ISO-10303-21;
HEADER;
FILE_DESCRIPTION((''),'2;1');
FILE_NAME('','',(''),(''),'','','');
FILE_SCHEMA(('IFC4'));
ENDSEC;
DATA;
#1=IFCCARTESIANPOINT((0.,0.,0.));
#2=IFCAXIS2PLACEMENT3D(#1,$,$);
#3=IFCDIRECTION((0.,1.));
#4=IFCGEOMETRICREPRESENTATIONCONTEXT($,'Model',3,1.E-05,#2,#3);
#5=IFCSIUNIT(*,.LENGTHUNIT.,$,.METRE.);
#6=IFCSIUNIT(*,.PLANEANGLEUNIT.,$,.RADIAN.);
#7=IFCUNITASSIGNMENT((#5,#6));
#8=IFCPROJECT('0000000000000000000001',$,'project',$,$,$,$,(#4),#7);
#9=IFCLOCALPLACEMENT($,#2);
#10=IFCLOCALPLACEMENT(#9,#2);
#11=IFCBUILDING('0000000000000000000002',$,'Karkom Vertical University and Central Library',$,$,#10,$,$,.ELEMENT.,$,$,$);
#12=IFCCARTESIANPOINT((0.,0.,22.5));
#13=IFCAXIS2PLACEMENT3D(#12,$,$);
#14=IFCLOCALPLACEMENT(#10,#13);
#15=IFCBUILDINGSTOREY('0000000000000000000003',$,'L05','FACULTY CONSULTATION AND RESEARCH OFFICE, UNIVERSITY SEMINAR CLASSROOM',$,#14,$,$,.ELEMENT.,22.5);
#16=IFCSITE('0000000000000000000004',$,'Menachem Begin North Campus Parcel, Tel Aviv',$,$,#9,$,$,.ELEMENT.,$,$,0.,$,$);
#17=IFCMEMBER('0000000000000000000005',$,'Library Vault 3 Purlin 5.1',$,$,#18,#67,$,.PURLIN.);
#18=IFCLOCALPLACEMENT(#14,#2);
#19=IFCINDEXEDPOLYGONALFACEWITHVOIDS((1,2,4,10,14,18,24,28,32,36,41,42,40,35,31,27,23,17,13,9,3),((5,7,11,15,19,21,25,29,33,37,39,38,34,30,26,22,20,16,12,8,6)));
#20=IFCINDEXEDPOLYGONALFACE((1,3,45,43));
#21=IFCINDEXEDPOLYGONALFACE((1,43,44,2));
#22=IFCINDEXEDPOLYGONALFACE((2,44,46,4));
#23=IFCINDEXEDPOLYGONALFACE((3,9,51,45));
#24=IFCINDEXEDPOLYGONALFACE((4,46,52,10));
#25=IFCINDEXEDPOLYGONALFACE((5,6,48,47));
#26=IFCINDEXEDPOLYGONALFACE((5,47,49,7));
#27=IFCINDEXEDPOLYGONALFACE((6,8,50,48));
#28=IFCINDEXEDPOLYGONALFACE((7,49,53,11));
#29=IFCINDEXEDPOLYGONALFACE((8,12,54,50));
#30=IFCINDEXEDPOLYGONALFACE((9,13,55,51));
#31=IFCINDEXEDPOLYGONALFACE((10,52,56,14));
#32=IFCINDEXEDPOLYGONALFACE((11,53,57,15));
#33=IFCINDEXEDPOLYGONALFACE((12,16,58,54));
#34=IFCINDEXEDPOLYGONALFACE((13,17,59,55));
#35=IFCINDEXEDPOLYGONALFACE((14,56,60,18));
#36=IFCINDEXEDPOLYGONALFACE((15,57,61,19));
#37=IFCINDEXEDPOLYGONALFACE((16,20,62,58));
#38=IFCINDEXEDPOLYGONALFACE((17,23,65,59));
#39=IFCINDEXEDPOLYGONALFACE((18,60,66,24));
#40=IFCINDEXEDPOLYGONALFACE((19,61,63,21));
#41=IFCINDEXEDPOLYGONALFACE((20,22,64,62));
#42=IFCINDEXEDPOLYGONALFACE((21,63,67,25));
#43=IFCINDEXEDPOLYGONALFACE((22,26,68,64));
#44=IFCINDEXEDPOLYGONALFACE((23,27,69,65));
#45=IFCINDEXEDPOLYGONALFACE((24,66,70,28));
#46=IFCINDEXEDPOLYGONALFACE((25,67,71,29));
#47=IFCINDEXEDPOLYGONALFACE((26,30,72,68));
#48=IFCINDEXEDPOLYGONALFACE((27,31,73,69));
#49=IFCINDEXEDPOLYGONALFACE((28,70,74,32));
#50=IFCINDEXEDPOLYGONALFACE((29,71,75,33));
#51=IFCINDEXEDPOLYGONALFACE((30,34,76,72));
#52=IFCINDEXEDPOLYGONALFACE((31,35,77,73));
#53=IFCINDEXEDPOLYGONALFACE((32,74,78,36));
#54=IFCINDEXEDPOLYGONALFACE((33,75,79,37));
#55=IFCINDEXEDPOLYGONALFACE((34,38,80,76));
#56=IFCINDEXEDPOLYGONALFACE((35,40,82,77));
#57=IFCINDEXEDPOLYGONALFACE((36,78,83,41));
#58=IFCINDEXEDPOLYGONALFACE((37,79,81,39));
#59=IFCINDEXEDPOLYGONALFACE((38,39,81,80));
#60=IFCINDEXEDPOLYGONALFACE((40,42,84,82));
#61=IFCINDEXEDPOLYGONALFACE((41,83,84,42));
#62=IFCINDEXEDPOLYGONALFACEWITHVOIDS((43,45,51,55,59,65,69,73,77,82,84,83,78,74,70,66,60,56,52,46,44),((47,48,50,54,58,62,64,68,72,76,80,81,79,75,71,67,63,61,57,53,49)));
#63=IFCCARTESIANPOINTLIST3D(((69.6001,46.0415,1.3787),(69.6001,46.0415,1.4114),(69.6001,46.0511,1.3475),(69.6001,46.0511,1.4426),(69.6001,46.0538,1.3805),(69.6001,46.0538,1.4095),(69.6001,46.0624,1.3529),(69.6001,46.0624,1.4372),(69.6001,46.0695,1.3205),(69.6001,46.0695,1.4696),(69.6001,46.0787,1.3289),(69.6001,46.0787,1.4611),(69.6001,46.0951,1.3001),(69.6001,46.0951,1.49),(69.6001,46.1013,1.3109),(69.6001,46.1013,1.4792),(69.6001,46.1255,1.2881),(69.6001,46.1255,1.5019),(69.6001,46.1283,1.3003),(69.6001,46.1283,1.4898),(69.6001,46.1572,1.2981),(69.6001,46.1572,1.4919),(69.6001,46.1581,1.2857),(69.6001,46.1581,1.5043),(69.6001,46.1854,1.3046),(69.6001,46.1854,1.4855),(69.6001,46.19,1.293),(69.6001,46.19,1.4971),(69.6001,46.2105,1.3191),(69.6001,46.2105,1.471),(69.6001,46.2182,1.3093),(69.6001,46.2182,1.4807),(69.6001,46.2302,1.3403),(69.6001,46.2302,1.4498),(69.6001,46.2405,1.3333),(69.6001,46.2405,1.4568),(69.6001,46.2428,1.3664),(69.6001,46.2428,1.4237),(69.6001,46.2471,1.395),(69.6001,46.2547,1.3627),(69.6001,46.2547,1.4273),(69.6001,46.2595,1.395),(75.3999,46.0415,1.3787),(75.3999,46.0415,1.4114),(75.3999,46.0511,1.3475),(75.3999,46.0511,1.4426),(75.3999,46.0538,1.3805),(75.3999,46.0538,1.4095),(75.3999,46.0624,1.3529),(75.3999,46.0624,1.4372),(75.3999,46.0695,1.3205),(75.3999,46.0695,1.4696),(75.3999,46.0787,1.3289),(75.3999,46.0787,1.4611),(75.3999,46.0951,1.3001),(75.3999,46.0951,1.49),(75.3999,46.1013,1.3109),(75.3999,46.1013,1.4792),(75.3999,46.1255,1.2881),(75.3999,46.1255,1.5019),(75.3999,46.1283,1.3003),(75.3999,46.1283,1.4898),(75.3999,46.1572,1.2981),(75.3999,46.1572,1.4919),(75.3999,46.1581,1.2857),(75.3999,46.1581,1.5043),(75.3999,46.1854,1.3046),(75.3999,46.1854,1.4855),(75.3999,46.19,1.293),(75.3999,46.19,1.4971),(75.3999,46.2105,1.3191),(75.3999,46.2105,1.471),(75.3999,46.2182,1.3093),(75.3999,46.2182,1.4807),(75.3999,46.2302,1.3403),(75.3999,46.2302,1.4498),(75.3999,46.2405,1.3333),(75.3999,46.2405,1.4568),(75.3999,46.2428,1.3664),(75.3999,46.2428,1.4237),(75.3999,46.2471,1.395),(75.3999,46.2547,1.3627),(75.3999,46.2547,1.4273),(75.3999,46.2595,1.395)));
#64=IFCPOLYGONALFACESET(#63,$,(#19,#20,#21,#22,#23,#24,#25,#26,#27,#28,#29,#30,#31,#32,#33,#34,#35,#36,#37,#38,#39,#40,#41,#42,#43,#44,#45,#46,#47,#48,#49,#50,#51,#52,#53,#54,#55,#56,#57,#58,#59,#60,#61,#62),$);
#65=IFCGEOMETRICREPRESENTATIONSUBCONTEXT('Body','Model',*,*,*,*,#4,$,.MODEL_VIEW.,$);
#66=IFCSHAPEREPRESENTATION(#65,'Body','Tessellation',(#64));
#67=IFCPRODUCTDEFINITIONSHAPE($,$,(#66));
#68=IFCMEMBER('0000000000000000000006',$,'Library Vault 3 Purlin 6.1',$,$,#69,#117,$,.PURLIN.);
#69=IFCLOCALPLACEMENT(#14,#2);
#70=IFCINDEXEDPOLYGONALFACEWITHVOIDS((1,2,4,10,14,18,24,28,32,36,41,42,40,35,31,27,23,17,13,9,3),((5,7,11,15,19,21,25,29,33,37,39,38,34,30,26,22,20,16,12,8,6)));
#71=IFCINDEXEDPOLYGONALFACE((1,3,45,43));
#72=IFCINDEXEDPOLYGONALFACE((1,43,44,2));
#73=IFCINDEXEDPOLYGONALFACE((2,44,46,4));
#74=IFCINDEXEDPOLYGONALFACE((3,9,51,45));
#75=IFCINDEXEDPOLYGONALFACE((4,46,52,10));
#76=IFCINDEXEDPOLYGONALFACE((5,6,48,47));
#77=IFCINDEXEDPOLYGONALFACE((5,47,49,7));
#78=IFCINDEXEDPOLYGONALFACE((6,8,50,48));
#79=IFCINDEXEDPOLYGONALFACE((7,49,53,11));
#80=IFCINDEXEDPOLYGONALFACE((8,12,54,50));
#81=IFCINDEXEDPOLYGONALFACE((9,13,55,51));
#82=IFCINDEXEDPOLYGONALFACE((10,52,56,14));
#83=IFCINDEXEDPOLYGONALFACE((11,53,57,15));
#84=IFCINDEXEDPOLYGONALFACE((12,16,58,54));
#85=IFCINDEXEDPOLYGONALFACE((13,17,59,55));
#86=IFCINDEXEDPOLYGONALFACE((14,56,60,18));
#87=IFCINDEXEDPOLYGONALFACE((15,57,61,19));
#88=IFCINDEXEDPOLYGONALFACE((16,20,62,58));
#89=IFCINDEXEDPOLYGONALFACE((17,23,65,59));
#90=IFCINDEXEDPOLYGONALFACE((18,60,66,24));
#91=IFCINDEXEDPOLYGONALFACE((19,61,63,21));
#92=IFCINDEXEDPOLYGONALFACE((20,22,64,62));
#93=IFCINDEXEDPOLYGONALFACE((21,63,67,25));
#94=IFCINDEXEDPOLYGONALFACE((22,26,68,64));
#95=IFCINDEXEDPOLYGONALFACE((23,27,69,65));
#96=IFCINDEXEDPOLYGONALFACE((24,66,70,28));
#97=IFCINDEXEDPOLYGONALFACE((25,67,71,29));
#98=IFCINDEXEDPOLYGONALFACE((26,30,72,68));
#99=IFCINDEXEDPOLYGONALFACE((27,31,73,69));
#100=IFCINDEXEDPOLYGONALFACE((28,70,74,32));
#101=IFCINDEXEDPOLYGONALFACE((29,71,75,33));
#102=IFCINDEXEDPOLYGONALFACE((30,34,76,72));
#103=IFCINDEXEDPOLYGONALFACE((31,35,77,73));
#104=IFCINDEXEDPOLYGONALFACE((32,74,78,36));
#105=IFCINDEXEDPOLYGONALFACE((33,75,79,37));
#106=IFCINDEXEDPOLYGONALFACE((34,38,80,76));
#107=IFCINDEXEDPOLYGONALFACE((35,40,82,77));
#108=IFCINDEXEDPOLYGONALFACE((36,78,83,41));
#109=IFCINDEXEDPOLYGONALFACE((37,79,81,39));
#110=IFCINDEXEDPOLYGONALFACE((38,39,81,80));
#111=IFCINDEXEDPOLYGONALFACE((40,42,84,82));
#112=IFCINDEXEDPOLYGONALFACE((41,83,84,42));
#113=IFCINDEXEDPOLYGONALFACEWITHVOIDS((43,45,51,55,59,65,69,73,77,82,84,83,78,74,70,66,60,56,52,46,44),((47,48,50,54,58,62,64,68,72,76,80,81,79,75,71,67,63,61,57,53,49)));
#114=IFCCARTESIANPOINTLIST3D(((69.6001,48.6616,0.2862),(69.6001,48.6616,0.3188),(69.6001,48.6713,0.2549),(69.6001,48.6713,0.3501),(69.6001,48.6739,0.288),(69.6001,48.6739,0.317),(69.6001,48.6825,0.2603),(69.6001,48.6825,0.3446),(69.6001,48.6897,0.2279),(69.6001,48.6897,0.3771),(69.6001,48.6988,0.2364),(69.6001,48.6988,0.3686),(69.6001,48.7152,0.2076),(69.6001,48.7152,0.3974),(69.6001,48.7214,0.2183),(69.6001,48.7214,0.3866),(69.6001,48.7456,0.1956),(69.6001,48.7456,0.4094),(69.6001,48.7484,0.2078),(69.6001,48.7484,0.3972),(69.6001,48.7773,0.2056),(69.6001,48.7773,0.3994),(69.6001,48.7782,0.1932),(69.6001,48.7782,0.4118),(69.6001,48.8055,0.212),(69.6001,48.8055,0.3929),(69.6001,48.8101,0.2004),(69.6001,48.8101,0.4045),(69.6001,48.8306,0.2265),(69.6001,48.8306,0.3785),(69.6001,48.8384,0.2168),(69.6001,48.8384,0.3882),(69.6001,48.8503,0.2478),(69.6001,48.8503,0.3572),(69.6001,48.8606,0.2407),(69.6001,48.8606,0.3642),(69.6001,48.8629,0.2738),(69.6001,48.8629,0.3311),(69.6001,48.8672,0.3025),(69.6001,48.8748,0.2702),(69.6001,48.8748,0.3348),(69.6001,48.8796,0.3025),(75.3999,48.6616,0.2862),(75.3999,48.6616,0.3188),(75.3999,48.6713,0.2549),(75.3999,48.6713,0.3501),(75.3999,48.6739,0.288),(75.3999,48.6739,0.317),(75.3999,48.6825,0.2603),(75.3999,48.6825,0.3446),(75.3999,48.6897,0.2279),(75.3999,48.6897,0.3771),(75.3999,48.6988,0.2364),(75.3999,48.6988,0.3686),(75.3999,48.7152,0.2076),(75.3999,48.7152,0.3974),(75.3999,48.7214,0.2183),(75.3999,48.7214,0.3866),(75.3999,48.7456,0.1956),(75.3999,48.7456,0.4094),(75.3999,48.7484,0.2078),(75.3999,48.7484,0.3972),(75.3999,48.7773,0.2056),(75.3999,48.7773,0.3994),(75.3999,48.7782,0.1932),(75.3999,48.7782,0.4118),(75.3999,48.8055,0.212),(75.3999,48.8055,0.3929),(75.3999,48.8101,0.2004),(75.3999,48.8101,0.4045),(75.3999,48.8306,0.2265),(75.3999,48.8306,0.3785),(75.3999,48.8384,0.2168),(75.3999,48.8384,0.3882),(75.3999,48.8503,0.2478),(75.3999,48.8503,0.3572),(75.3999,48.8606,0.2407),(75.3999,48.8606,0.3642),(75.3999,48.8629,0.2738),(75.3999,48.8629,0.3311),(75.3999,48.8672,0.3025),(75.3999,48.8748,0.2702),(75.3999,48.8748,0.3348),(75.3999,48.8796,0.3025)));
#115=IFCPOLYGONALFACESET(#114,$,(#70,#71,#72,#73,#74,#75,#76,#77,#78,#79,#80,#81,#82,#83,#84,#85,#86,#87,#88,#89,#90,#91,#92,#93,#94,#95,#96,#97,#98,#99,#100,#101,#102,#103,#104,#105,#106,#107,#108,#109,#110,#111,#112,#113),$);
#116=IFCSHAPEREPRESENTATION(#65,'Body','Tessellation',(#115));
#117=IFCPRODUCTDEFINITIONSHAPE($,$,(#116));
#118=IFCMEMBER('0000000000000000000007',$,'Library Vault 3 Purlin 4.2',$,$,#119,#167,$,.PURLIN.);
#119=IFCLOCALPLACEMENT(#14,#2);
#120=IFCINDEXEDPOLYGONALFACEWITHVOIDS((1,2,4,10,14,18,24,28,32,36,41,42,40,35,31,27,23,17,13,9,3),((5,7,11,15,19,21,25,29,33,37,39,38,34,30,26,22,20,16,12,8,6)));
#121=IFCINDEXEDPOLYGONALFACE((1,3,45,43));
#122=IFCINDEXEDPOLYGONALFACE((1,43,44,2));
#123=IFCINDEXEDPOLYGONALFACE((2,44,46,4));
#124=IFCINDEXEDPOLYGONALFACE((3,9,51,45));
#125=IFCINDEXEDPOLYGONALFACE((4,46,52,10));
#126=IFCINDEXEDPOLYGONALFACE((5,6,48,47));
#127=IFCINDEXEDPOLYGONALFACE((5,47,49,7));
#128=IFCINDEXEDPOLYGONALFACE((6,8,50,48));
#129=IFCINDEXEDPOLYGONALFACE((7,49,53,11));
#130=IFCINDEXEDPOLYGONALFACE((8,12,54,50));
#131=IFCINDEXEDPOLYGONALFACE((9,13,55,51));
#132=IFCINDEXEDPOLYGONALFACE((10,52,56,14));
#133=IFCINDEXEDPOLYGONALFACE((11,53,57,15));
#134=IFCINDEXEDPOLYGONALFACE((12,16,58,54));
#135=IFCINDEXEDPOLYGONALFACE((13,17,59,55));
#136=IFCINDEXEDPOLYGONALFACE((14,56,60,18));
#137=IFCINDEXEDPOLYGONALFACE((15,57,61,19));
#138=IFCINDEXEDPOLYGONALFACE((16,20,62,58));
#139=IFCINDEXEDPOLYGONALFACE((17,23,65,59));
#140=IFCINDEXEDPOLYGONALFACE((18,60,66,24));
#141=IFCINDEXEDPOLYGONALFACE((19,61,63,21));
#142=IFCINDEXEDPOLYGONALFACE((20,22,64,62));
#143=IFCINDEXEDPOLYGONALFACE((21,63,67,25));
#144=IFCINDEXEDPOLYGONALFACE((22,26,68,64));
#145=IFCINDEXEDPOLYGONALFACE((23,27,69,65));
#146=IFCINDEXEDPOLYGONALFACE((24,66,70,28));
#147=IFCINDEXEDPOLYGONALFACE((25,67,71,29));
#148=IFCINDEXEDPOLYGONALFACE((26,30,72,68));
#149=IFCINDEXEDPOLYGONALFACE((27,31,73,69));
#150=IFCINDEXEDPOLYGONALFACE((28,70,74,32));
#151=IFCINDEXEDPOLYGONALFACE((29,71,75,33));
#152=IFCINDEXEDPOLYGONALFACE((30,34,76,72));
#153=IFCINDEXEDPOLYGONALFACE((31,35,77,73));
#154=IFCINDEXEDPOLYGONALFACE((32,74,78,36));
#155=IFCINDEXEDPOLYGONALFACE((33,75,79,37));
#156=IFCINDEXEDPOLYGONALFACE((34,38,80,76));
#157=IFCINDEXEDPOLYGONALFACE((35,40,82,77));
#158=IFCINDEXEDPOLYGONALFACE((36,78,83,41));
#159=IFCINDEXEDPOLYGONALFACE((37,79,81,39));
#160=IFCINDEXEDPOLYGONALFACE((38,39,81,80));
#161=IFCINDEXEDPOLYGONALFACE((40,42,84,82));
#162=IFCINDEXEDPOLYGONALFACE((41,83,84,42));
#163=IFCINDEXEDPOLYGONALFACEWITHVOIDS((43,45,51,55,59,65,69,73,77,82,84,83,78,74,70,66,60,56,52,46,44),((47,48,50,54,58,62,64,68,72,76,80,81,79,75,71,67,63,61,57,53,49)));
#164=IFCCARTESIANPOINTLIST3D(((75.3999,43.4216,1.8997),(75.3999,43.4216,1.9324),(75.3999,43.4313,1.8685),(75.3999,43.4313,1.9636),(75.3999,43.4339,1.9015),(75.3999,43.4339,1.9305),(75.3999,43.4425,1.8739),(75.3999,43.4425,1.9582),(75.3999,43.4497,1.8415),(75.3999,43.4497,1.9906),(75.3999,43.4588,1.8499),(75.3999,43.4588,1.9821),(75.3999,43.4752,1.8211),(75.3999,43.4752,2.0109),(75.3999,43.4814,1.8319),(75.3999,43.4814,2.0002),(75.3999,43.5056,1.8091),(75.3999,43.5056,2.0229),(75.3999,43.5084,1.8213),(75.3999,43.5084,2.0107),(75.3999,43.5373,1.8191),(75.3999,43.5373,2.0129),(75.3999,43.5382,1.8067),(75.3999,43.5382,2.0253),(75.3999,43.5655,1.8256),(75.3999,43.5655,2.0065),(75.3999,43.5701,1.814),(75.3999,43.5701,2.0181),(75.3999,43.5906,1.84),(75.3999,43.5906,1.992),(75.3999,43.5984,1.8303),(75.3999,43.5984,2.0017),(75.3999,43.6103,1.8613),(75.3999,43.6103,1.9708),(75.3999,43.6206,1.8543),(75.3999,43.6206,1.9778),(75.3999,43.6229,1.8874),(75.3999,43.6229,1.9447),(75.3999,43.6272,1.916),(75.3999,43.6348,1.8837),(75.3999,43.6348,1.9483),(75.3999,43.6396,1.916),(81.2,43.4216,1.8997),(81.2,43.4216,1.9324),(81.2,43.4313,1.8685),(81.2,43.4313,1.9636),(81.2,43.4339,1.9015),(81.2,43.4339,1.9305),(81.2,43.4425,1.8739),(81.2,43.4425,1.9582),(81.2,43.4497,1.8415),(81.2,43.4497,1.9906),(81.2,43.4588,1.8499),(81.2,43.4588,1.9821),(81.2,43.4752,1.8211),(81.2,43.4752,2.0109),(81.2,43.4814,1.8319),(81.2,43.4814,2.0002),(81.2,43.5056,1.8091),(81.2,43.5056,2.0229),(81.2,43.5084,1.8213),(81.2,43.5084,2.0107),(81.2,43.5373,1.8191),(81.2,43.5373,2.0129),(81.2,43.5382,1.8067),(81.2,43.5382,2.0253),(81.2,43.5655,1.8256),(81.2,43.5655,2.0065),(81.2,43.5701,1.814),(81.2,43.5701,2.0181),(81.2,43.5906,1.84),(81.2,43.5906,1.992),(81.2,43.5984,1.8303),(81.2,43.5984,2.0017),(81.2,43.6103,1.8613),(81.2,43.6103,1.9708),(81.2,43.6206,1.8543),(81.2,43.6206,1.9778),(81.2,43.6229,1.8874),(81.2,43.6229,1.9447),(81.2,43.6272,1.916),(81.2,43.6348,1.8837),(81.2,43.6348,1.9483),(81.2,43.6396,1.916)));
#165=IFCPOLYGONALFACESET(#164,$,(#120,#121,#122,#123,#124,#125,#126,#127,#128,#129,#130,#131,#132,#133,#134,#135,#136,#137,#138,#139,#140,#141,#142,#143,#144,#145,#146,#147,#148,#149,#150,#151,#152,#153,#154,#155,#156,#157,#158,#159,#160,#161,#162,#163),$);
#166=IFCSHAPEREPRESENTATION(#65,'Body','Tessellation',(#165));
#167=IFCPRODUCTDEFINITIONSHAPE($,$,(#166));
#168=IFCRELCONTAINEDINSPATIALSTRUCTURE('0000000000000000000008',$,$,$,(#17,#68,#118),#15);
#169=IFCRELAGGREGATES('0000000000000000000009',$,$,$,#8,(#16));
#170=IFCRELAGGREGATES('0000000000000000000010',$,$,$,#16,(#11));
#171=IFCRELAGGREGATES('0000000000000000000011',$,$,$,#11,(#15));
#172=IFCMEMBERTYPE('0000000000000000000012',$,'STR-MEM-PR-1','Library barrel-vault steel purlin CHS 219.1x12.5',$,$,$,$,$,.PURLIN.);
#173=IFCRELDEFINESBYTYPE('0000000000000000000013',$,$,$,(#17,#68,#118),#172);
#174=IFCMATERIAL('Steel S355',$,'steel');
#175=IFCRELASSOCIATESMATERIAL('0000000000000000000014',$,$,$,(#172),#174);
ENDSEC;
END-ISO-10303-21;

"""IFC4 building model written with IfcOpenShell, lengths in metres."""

from ifc_helpers import new_model, si_unit, direction, frame, origin, origin_with_axes, origin_2d, place, context, subcontext, project, spatial, hollow_circle, extrude, source, transform, mapped, material, material_profile, profile_set, type_object, element, save


model = new_model("IFC4")

# Units and contexts
model_context = context("Model", 3, precision=1e-05, world=origin(), true_north=direction((0.0, 1.0)))
body_context = subcontext(model_context, "Body", "Model", "MODEL_VIEW")
ifc_project = project(units=[si_unit("LENGTHUNIT", "METRE"), si_unit("PLANEANGLEUNIT", "RADIAN")], contexts=[model_context])

# Site, building, storey
site_placement = place(None, origin())
site = spatial("IfcSite", under=ifc_project, at=site_placement, Name="Menachem Begin North Campus Parcel, Tel Aviv", CompositionType="ELEMENT", RefElevation=0.0)
building_placement = place(site_placement, origin())
building = spatial("IfcBuilding", under=site, at=building_placement, Name="Karkom Vertical University and Central Library", CompositionType="ELEMENT")
storey_placement = place(building_placement, frame((0.0, 0.0, 22.5)))
storey = spatial("IfcBuildingStorey", under=building, at=storey_placement, Name="L05", Description="FACULTY CONSULTATION AND RESEARCH OFFICE, UNIVERSITY SEMINAR CLASSROOM", CompositionType="ELEMENT", Elevation=22.5)

# Members
ifc_material_1 = material(Name="Steel S355", Category="steel")
ifc_material_profile_1 = material_profile(ifc_material_1, hollow_circle(Radius=0.1096, WallThickness=0.0125, at=origin_2d()), Name="CHS 219.1x12.5")
ifc_profile_set_1 = profile_set([ifc_material_profile_1], Name="Steel S355")
member_type_1 = type_object("IfcMemberType", Name="STR-MEM-PR-1", Description="Library barrel-vault steel purlin CHS 219.1x12.5", PredefinedType="PURLIN", material=ifc_profile_set_1)
shared_shape_1 = source(origin_with_axes(), body_context, "Body", "SweptSolid", [
    extrude(hollow_circle(Radius=0.1096, WallThickness=0.0125, at=origin_2d()), origin(), (0.0, 0.0, 1.0), 5.7998),
])
for number, where, z_axis, x_axis, name in (
    (1, (69.6001, 46.1499, 1.395), (1.0, 0.0, 0.0), (0.0, 1.0, 0.0), "Library Vault 3 Purlin 5.1"),
    (2, (69.6001, 48.77, 0.3025), (1.0, 0.0, 0.0), (0.0, 1.0, 0.0), "Library Vault 3 Purlin 6.1"),
):
    element("IfcMember", number, at=place(storey_placement, frame(where, z_axis=z_axis, x_axis=x_axis)), inside=storey, type_object=member_type_1, Name=name, PredefinedType="PURLIN", context=body_context, shape_type="MappedRepresentation", body=[
        mapped(shared_shape_1, transform((0.0, 0.0, 0.0), scale=1.0)),
    ])
shared_shape_2 = source(origin_with_axes(), body_context, "Body", "SweptSolid", [
    extrude(hollow_circle(Radius=0.1096, WallThickness=0.0125, at=origin_2d()), origin(), (0.0, 0.0, 1.0), 5.8),
])
member_1_placement = place(storey_placement, frame((75.3999, 43.53, 1.916), z_axis=(1.0, 0.0, 0.0), x_axis=(0.0, 1.0, 0.0)))
element("IfcMember", 3, at=member_1_placement, inside=storey, type_object=member_type_1, Name="Library Vault 3 Purlin 4.2", PredefinedType="PURLIN", context=body_context, shape_type="MappedRepresentation", body=[
    mapped(shared_shape_2, transform((0.0, 0.0, 0.0), scale=1.0)),
])

save(model, "model.ifc")
